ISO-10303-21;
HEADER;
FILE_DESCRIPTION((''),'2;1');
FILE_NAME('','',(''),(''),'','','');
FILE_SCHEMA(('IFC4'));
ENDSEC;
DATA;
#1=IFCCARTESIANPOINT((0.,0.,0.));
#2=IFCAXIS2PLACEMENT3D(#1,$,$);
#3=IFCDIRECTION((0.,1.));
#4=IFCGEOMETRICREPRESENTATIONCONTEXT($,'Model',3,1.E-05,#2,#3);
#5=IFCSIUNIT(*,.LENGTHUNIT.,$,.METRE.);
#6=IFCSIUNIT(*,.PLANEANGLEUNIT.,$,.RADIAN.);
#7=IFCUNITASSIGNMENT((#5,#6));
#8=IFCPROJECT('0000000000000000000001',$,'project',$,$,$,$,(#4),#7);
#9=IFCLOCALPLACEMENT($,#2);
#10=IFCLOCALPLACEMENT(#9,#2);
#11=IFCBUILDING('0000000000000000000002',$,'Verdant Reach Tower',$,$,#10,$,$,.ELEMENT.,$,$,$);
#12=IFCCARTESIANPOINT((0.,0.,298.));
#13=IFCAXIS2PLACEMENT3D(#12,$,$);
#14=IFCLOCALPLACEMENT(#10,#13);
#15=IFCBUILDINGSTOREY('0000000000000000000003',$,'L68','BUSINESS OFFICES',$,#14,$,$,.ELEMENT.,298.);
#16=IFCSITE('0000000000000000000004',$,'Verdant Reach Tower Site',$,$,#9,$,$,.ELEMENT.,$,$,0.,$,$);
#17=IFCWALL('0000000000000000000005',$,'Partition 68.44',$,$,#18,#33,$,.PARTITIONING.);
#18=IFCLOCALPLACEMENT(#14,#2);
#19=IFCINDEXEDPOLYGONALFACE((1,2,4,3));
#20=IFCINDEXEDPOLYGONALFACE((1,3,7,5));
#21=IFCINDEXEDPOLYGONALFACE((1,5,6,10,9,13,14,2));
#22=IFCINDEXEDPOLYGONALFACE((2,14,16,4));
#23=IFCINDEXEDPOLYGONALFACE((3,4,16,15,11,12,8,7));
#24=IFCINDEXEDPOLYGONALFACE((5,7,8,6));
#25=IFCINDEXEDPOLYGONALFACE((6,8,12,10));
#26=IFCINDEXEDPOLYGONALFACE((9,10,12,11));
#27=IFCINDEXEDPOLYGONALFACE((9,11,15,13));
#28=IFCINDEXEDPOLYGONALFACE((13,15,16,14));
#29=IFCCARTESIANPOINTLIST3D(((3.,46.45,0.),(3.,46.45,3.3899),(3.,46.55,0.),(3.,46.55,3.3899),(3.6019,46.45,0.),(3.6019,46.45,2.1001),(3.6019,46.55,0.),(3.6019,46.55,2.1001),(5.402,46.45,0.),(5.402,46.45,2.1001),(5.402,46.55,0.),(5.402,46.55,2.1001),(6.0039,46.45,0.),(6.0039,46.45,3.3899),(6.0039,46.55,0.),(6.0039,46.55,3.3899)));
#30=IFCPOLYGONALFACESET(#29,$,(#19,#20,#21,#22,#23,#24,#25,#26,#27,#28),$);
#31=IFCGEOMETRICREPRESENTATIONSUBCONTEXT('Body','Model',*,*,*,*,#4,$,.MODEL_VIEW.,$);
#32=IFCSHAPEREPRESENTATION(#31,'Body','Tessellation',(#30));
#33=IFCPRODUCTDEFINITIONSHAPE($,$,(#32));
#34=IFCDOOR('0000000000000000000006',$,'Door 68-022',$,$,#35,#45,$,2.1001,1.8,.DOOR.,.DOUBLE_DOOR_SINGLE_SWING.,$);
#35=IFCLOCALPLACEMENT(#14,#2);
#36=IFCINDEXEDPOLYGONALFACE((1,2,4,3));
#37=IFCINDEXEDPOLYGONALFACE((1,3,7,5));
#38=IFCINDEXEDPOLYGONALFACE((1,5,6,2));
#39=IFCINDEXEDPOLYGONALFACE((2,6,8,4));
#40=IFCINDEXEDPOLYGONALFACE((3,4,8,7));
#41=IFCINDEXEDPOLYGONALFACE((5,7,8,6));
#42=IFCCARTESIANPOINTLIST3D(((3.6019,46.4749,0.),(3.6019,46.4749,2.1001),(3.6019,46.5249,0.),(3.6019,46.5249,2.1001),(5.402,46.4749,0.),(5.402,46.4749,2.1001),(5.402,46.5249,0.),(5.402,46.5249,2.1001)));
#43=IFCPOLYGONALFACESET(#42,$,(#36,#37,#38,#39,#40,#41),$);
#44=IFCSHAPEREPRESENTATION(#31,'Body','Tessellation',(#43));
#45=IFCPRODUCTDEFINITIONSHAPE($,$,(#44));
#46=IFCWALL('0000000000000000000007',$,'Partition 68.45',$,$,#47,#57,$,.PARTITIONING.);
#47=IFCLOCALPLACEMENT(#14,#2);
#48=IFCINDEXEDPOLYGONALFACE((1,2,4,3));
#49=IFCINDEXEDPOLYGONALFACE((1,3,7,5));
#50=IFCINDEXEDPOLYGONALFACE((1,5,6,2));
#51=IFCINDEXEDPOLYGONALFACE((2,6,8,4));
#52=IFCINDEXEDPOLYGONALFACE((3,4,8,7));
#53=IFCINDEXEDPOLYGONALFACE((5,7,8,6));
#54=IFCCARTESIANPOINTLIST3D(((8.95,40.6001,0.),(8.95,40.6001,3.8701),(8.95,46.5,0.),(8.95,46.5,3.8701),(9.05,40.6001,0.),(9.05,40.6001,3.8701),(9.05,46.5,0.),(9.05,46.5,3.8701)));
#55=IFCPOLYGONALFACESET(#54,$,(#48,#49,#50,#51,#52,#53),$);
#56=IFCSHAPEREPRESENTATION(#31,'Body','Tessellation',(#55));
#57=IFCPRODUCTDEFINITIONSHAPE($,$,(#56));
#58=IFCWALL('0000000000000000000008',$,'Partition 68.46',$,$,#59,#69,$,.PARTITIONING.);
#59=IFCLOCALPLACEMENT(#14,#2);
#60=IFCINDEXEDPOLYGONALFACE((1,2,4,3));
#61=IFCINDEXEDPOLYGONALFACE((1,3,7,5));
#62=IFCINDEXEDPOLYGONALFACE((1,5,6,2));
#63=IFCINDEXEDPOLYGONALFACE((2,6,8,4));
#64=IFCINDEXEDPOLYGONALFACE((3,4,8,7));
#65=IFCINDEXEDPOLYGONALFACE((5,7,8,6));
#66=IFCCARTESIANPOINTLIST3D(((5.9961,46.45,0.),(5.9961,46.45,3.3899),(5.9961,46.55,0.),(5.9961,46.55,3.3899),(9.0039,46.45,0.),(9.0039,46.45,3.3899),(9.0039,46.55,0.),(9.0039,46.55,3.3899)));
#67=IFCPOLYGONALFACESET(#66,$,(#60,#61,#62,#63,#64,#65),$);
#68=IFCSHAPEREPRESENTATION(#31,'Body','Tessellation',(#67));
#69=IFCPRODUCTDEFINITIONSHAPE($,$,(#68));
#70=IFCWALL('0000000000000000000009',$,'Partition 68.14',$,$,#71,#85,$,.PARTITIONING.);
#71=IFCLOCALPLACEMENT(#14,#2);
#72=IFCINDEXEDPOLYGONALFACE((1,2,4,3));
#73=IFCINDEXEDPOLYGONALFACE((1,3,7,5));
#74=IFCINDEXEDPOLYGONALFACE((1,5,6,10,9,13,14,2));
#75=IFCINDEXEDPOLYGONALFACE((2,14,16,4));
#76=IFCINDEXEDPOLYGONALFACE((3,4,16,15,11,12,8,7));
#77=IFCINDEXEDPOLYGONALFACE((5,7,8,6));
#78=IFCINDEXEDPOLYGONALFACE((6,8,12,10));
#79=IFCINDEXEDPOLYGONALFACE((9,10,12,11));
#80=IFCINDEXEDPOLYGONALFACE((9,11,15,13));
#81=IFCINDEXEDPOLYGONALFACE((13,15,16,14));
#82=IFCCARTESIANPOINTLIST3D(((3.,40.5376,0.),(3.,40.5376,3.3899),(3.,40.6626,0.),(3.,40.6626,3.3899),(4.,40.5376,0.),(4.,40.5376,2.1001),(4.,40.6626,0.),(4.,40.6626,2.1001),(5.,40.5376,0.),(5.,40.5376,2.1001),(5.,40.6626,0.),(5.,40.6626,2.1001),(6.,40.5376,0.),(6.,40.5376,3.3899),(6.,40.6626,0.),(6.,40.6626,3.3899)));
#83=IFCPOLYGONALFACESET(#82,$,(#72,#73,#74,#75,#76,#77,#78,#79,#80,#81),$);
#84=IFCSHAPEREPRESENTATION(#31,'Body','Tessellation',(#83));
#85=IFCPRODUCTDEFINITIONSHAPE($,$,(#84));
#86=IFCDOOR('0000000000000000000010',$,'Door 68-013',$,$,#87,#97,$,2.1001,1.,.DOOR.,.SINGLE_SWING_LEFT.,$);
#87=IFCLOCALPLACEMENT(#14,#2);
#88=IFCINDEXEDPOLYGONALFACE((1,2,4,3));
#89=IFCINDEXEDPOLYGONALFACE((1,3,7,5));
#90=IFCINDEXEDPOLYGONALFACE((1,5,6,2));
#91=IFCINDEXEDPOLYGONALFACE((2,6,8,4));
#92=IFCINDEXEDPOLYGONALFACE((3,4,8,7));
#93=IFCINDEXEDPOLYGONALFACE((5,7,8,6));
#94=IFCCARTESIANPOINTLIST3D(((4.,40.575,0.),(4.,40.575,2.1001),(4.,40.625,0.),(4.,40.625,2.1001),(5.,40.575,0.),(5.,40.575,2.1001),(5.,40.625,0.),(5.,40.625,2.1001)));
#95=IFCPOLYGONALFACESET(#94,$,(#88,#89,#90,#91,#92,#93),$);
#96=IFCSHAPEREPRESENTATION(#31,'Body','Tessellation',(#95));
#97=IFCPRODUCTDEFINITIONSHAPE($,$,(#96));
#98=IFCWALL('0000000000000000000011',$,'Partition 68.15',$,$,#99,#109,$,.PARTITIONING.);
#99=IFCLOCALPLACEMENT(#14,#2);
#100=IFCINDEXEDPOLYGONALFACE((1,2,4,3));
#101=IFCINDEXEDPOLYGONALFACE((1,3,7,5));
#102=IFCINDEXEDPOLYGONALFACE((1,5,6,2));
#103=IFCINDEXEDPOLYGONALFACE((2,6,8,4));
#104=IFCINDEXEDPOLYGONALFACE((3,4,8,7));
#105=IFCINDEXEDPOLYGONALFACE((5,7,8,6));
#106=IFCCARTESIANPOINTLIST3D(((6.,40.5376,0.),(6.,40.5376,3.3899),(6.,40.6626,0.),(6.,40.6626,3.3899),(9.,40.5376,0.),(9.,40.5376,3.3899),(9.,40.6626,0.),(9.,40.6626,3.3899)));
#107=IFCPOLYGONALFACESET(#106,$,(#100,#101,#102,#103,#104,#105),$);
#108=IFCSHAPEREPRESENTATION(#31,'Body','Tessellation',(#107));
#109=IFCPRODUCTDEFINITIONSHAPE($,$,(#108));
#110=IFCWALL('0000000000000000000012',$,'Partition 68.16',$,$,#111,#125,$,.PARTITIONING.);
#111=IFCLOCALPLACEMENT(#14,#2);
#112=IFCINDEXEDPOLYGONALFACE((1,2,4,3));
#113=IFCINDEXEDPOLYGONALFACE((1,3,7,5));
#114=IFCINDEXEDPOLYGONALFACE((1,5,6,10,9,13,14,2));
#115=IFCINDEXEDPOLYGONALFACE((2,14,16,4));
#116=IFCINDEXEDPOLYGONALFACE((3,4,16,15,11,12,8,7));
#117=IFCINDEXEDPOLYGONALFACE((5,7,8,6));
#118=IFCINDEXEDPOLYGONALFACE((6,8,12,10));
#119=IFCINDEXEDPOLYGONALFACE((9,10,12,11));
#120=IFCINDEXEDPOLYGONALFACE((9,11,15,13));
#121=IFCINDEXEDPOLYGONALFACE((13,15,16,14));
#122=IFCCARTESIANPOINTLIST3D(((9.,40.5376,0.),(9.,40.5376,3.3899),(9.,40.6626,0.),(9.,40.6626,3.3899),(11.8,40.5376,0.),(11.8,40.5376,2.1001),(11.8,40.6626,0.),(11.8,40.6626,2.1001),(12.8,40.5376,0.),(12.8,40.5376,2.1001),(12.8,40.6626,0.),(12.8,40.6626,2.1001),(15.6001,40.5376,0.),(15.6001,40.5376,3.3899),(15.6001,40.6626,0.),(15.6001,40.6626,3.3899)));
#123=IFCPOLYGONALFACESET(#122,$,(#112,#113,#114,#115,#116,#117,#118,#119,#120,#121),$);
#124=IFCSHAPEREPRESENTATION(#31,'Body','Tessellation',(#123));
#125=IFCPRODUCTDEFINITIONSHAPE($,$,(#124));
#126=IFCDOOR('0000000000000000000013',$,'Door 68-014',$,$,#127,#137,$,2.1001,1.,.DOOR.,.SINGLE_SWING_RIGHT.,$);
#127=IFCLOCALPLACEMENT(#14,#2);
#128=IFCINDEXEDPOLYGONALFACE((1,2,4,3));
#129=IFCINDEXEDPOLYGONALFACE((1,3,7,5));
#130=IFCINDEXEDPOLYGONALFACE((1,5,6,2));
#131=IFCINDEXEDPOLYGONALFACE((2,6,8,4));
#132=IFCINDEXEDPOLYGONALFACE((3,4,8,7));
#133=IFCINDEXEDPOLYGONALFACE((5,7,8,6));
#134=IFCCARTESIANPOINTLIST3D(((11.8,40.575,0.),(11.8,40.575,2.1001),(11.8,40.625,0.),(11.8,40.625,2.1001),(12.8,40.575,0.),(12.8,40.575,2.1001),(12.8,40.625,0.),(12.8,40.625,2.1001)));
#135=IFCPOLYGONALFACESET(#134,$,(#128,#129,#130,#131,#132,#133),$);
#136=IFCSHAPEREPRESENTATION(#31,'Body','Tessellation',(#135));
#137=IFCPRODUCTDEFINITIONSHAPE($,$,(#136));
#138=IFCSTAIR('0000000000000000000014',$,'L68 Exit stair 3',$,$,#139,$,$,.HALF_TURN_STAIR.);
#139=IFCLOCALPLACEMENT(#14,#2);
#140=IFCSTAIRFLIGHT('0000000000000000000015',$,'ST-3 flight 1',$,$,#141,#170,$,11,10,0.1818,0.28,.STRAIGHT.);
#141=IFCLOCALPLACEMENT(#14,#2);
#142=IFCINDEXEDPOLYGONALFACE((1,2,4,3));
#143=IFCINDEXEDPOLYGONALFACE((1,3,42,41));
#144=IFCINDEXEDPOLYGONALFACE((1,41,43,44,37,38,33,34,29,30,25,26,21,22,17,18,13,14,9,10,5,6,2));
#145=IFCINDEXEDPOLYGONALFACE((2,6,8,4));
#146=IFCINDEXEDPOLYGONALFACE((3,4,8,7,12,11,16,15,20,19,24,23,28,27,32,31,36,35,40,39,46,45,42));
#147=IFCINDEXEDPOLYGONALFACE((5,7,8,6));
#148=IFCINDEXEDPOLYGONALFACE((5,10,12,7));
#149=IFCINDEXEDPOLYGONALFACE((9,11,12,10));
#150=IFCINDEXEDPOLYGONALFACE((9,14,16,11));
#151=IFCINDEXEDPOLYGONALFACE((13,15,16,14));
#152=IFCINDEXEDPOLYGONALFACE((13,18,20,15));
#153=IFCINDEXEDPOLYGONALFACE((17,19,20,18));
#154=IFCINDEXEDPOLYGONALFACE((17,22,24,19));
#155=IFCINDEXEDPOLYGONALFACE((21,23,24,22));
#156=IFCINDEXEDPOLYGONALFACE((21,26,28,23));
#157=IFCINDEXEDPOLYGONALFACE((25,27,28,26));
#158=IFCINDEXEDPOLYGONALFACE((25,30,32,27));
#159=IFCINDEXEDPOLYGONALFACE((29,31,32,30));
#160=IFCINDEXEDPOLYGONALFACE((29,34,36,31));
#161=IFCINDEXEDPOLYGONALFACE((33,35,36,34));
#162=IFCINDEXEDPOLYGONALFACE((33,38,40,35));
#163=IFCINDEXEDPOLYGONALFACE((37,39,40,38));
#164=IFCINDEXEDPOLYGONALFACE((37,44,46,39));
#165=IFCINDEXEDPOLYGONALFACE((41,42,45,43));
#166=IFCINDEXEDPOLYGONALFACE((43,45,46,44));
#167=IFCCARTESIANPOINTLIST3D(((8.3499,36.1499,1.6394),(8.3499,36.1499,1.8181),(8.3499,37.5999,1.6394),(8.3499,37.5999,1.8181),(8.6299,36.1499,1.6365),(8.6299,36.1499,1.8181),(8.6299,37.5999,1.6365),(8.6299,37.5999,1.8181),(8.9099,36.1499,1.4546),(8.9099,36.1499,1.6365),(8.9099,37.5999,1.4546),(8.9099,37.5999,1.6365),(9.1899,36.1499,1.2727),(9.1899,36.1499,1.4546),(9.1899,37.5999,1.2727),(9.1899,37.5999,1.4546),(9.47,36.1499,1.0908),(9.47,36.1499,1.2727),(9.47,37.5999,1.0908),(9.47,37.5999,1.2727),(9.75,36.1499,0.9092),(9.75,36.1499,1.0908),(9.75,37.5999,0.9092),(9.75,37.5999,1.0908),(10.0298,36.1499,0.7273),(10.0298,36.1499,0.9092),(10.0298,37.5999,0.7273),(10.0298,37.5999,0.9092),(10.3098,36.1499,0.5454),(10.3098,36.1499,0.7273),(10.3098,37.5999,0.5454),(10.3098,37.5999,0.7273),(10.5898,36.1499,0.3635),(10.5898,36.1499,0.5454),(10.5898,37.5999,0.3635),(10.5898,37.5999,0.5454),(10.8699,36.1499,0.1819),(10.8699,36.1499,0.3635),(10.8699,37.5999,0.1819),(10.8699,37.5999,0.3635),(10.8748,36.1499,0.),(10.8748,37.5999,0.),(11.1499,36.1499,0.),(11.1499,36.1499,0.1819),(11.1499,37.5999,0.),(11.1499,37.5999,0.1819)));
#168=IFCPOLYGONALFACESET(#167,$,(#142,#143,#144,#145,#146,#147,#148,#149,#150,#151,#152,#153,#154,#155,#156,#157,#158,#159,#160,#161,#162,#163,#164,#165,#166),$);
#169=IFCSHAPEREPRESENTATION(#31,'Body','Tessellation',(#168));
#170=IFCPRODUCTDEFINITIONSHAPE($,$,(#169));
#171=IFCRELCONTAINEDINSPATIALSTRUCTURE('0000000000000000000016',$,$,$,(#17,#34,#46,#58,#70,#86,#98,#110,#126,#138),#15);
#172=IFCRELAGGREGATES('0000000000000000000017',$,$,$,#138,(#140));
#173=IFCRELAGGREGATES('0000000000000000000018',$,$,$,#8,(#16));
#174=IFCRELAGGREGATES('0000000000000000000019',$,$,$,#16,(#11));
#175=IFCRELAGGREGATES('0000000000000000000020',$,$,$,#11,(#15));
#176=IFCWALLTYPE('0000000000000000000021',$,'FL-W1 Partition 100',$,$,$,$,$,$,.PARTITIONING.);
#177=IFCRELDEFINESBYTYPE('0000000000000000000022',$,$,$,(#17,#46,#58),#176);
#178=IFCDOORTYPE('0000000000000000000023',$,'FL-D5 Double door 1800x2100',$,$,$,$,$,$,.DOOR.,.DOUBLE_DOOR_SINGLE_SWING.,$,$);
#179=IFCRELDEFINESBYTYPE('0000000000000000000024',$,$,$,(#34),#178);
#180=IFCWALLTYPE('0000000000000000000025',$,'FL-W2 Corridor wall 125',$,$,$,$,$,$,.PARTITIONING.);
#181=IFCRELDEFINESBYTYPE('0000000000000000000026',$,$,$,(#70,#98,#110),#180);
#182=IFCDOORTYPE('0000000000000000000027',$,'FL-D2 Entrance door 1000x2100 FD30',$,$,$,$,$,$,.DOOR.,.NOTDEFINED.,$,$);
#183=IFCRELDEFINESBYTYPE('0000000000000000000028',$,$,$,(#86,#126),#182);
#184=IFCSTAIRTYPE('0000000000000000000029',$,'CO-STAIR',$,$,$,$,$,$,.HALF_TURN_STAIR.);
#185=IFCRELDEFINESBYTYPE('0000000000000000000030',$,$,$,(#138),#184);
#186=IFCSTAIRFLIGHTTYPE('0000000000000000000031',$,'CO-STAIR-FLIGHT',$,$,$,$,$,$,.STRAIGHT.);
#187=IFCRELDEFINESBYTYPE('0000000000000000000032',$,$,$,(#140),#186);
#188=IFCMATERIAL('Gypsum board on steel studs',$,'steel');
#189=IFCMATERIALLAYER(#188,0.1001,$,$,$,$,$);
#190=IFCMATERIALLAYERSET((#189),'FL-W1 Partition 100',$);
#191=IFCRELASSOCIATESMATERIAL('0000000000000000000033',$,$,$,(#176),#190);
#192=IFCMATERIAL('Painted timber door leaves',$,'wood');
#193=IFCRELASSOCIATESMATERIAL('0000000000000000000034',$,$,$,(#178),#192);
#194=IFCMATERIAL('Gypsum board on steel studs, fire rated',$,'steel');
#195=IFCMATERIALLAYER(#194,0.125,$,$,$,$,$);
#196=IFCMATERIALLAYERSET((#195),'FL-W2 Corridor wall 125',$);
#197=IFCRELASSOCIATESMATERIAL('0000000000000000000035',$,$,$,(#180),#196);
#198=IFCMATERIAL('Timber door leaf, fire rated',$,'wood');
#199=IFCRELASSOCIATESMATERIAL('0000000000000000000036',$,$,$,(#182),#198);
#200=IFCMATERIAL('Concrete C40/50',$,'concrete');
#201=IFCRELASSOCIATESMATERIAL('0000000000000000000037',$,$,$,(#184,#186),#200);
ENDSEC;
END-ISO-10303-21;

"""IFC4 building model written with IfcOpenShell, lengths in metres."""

from ifc_helpers import new_model, si_unit, direction, frame, frame_2d, origin, place, context, subcontext, project, spatial, polyline, rectangle, outline, extrude, material, layer, layer_set, type_object, element, fill, aggregate, save


model = new_model("IFC4")

# Units and contexts
model_context = context("Model", 3, precision=1e-05, world=origin(), true_north=direction((0.0, 1.0)))
body_context = subcontext(model_context, "Body", "Model", "MODEL_VIEW")
ifc_project = project(units=[si_unit("LENGTHUNIT", "METRE"), si_unit("PLANEANGLEUNIT", "RADIAN")], contexts=[model_context])

# Site, building, storey
site_placement = place(None, origin())
site = spatial("IfcSite", under=ifc_project, at=site_placement, Name="Verdant Reach Tower Site", CompositionType="ELEMENT", RefElevation=0.0)
building_placement = place(site_placement, origin())
building = spatial("IfcBuilding", under=site, at=building_placement, Name="Verdant Reach Tower", CompositionType="ELEMENT")
storey_placement = place(building_placement, frame((0.0, 0.0, 298.0)))
storey = spatial("IfcBuildingStorey", under=building, at=storey_placement, Name="L68", Description="BUSINESS OFFICES", CompositionType="ELEMENT", Elevation=298.0)

# Shared definitions
ifc_material_1 = material(Name="Gypsum board on steel studs", Category="steel")
ifc_layer_1 = layer(ifc_material_1, 0.1001)
ifc_layer_set_1 = layer_set([ifc_layer_1], Name="FL-W1 Partition 100")
wall_type_1 = type_object("IfcWallType", Name="FL-W1 Partition 100", PredefinedType="PARTITIONING", material=ifc_layer_set_1)

# Wall, opening, door
wall_1_placement = place(storey_placement, frame((3.0, 46.5, 0.0), z_axis=(0.0, 0.0, 1.0), x_axis=(1.0, 0.0, 0.0)))
wall_1 = element("IfcWall", 1, at=wall_1_placement, inside=storey, type_object=wall_type_1, Name="Partition 68.44", PredefinedType="PARTITIONING", context=body_context, shape_type="SweptSolid", body=[
    extrude(rectangle(XDim=3.0039, YDim=0.1001, at=frame_2d((1.502, 0.0))), origin(), (0.0, 0.0, 1.0), 3.3899),
])
opening_1_placement = place(wall_1_placement, frame((0.6021, 0.0, 0.0)))
opening_1 = element("IfcOpeningElement", 2, at=opening_1_placement, cuts=wall_1, PredefinedType="OPENING", context=body_context, shape_type="SweptSolid", body=[
    extrude(rectangle(XDim=1.8, YDim=2.1001, at=frame_2d((0.8999, 1.05))), frame((0.0, 0.0601, 0.0), z_axis=(0.0, -1.0, 0.0), x_axis=(1.0, 0.0, 0.0)), (0.0, 0.0, 1.0), 0.1201),
])
ifc_material_2 = material(Name="Painted timber door leaves", Category="wood")
door_type_1 = type_object("IfcDoorType", Name="FL-D5 Double door 1800x2100", OperationType="DOUBLE_DOOR_SINGLE_SWING", PredefinedType="DOOR", material=ifc_material_2)
door_1_placement = place(opening_1_placement, origin())
door_1 = element("IfcDoor", 3, at=door_1_placement, inside=storey, type_object=door_type_1, Name="Door 68-022", OperationType="DOUBLE_DOOR_SINGLE_SWING", OverallHeight=2.1001, OverallWidth=1.8, PredefinedType="DOOR", context=body_context, shape_type="SweptSolid", body=[
    extrude(rectangle(XDim=1.8, YDim=2.1001, at=frame_2d((0.8999, 1.05))), frame((0.0, 0.0249, 0.0), z_axis=(0.0, -1.0, 0.0), x_axis=(1.0, 0.0, 0.0)), (0.0, 0.0, 1.0), 0.05),
])
fill(opening_1, door_1)

# Walls
wall_2_placement = place(storey_placement, frame((9.0, 40.6001, 0.0), z_axis=(0.0, 0.0, 1.0), x_axis=(0.0, 1.0, 0.0)))
element("IfcWall", 4, at=wall_2_placement, inside=storey, type_object=wall_type_1, Name="Partition 68.45", PredefinedType="PARTITIONING", context=body_context, shape_type="SweptSolid", body=[
    extrude(rectangle(XDim=5.8999, YDim=0.1001, at=frame_2d((2.95, 0.0))), origin(), (0.0, 0.0, 1.0), 3.8701),
])
wall_3_placement = place(storey_placement, frame((9.0039, 46.5, 0.0), z_axis=(0.0, 0.0, 1.0), x_axis=(-1.0, 0.0, 0.0)))
element("IfcWall", 5, at=wall_3_placement, inside=storey, type_object=wall_type_1, Name="Partition 68.46", PredefinedType="PARTITIONING", context=body_context, shape_type="SweptSolid", body=[
    extrude(rectangle(XDim=3.0078, YDim=0.1001, at=frame_2d((1.5039, 0.0))), origin(), (0.0, 0.0, 1.0), 3.3899),
])

# Wall, opening, door
ifc_material_3 = material(Name="Gypsum board on steel studs, fire rated", Category="steel")
ifc_layer_2 = layer(ifc_material_3, 0.125)
ifc_layer_set_2 = layer_set([ifc_layer_2], Name="FL-W2 Corridor wall 125")
wall_type_2 = type_object("IfcWallType", Name="FL-W2 Corridor wall 125", PredefinedType="PARTITIONING", material=ifc_layer_set_2)
wall_4_placement = place(storey_placement, frame((3.0, 40.6001, 0.0), z_axis=(0.0, 0.0, 1.0), x_axis=(1.0, 0.0, 0.0)))
wall_4 = element("IfcWall", 6, at=wall_4_placement, inside=storey, type_object=wall_type_2, Name="Partition 68.14", PredefinedType="PARTITIONING", context=body_context, shape_type="SweptSolid", body=[
    extrude(rectangle(XDim=3.0, YDim=0.125, at=frame_2d((1.5, 0.0))), origin(), (0.0, 0.0, 1.0), 3.3899),
])
opening_2_placement = place(wall_4_placement, frame((1.0, 0.0, 0.0)))
opening_2 = element("IfcOpeningElement", 7, at=opening_2_placement, cuts=wall_4, PredefinedType="OPENING", context=body_context, shape_type="SweptSolid", body=[
    extrude(rectangle(XDim=1.0, YDim=2.1001, at=frame_2d((0.5, 1.05))), frame((0.0, 0.0725, 0.0), z_axis=(0.0, -1.0, 0.0), x_axis=(1.0, 0.0, 0.0)), (0.0, 0.0, 1.0), 0.145),
])
ifc_material_4 = material(Name="Timber door leaf, fire rated", Category="wood")
door_type_2 = type_object("IfcDoorType", Name="FL-D2 Entrance door 1000x2100 FD30", OperationType="NOTDEFINED", PredefinedType="DOOR", material=ifc_material_4)
door_2_placement = place(opening_2_placement, origin())
door_2 = element("IfcDoor", 8, at=door_2_placement, inside=storey, type_object=door_type_2, Name="Door 68-013", OperationType="SINGLE_SWING_LEFT", OverallHeight=2.1001, OverallWidth=1.0, PredefinedType="DOOR", context=body_context, shape_type="SweptSolid", body=[
    extrude(rectangle(XDim=1.0, YDim=2.1001, at=frame_2d((0.5, 1.05))), frame((0.0, 0.0249, 0.0), z_axis=(0.0, -1.0, 0.0), x_axis=(1.0, 0.0, 0.0)), (0.0, 0.0, 1.0), 0.05),
])
fill(opening_2, door_2)

# Wall
wall_5_placement = place(storey_placement, frame((9.0, 40.6001, 0.0), z_axis=(0.0, 0.0, 1.0), x_axis=(-1.0, 0.0, 0.0)))
element("IfcWall", 9, at=wall_5_placement, inside=storey, type_object=wall_type_2, Name="Partition 68.15", PredefinedType="PARTITIONING", context=body_context, shape_type="SweptSolid", body=[
    extrude(rectangle(XDim=3.0, YDim=0.125, at=frame_2d((1.5, 0.0))), origin(), (0.0, 0.0, 1.0), 3.3899),
])

# Wall, opening, door
wall_6_placement = place(storey_placement, frame((9.0, 40.6001, 0.0), z_axis=(0.0, 0.0, 1.0), x_axis=(1.0, 0.0, 0.0)))
wall_6 = element("IfcWall", 10, at=wall_6_placement, inside=storey, type_object=wall_type_2, Name="Partition 68.16", PredefinedType="PARTITIONING", context=body_context, shape_type="SweptSolid", body=[
    extrude(rectangle(XDim=6.6001, YDim=0.125, at=frame_2d((3.3, 0.0))), origin(), (0.0, 0.0, 1.0), 3.3899),
])
opening_3_placement = place(wall_6_placement, frame((2.8, 0.0, 0.0)))
opening_3 = element("IfcOpeningElement", 11, at=opening_3_placement, cuts=wall_6, PredefinedType="OPENING", context=body_context, shape_type="SweptSolid", body=[
    extrude(rectangle(XDim=1.0, YDim=2.1001, at=frame_2d((0.5, 1.05))), frame((0.0, 0.0725, 0.0), z_axis=(0.0, -1.0, 0.0), x_axis=(1.0, 0.0, 0.0)), (0.0, 0.0, 1.0), 0.145),
])
door_3_placement = place(opening_3_placement, origin())
door_3 = element("IfcDoor", 12, at=door_3_placement, inside=storey, type_object=door_type_2, Name="Door 68-014", OperationType="SINGLE_SWING_RIGHT", OverallHeight=2.1001, OverallWidth=1.0, PredefinedType="DOOR", context=body_context, shape_type="SweptSolid", body=[
    extrude(rectangle(XDim=1.0, YDim=2.1001, at=frame_2d((0.5, 1.05))), frame((0.0, 0.0249, 0.0), z_axis=(0.0, -1.0, 0.0), x_axis=(1.0, 0.0, 0.0)), (0.0, 0.0, 1.0), 0.05),
])
fill(opening_3, door_3)

# Stair, stair flight
ifc_material_5 = material(Name="Concrete C40/50", Category="concrete")
stair_type = type_object("IfcStairType", Name="CO-STAIR", PredefinedType="HALF_TURN_STAIR", material=ifc_material_5)
stair_placement = place(storey_placement, origin())
stair = element("IfcStair", 13, at=stair_placement, inside=storey, type_object=stair_type, Name="L68 Exit stair 3", PredefinedType="HALF_TURN_STAIR")
stair_flight_type = type_object("IfcStairFlightType", Name="CO-STAIR-FLIGHT", PredefinedType="STRAIGHT", material=ifc_material_5)
stair_flight_1_placement = place(storey_placement, frame((11.1499, 36.875, 0.0), z_axis=(0.0, 0.0, 1.0), x_axis=(-1.0, 0.0, 0.0)))
stair_flight_1 = element("IfcStairFlight", 14, at=stair_flight_1_placement, type_object=stair_flight_type, Name="ST-3 flight 1", NumberOfRisers=11, NumberOfTreads=10, PredefinedType="STRAIGHT", RiserHeight=0.1818, TreadLength=0.28, context=body_context, shape_type="SweptSolid", body=[
    extrude(outline(polyline([(0.0, 0.0), (0.0, 0.1819), (0.28, 0.1819), (0.28, 0.3635), (0.5601, 0.3635), (0.5601, 0.5454), (0.8401, 0.5454), (0.8401, 0.7273), (1.1201, 0.7273), (1.1201, 0.9092), (1.3999, 0.9092), (1.3999, 1.0908), (1.6799, 1.0908), (1.6799, 1.2727), (1.96, 1.2727), (1.96, 1.4546), (2.24, 1.4546), (2.24, 1.6365), (2.52, 1.6365), (2.52, 1.8181), (2.8, 1.8181), (2.8, 2.0), (2.8, 1.6394), (0.2751, 0.0), (0.0, 0.0)])), frame((0.0, 0.7251, 0.0), z_axis=(0.0, -1.0, 0.0), x_axis=(1.0, 0.0, 0.0)), (0.0, 0.0, 1.0), 1.45),
])
aggregate(stair, [stair_flight_1])

save(model, "model.ifc")
